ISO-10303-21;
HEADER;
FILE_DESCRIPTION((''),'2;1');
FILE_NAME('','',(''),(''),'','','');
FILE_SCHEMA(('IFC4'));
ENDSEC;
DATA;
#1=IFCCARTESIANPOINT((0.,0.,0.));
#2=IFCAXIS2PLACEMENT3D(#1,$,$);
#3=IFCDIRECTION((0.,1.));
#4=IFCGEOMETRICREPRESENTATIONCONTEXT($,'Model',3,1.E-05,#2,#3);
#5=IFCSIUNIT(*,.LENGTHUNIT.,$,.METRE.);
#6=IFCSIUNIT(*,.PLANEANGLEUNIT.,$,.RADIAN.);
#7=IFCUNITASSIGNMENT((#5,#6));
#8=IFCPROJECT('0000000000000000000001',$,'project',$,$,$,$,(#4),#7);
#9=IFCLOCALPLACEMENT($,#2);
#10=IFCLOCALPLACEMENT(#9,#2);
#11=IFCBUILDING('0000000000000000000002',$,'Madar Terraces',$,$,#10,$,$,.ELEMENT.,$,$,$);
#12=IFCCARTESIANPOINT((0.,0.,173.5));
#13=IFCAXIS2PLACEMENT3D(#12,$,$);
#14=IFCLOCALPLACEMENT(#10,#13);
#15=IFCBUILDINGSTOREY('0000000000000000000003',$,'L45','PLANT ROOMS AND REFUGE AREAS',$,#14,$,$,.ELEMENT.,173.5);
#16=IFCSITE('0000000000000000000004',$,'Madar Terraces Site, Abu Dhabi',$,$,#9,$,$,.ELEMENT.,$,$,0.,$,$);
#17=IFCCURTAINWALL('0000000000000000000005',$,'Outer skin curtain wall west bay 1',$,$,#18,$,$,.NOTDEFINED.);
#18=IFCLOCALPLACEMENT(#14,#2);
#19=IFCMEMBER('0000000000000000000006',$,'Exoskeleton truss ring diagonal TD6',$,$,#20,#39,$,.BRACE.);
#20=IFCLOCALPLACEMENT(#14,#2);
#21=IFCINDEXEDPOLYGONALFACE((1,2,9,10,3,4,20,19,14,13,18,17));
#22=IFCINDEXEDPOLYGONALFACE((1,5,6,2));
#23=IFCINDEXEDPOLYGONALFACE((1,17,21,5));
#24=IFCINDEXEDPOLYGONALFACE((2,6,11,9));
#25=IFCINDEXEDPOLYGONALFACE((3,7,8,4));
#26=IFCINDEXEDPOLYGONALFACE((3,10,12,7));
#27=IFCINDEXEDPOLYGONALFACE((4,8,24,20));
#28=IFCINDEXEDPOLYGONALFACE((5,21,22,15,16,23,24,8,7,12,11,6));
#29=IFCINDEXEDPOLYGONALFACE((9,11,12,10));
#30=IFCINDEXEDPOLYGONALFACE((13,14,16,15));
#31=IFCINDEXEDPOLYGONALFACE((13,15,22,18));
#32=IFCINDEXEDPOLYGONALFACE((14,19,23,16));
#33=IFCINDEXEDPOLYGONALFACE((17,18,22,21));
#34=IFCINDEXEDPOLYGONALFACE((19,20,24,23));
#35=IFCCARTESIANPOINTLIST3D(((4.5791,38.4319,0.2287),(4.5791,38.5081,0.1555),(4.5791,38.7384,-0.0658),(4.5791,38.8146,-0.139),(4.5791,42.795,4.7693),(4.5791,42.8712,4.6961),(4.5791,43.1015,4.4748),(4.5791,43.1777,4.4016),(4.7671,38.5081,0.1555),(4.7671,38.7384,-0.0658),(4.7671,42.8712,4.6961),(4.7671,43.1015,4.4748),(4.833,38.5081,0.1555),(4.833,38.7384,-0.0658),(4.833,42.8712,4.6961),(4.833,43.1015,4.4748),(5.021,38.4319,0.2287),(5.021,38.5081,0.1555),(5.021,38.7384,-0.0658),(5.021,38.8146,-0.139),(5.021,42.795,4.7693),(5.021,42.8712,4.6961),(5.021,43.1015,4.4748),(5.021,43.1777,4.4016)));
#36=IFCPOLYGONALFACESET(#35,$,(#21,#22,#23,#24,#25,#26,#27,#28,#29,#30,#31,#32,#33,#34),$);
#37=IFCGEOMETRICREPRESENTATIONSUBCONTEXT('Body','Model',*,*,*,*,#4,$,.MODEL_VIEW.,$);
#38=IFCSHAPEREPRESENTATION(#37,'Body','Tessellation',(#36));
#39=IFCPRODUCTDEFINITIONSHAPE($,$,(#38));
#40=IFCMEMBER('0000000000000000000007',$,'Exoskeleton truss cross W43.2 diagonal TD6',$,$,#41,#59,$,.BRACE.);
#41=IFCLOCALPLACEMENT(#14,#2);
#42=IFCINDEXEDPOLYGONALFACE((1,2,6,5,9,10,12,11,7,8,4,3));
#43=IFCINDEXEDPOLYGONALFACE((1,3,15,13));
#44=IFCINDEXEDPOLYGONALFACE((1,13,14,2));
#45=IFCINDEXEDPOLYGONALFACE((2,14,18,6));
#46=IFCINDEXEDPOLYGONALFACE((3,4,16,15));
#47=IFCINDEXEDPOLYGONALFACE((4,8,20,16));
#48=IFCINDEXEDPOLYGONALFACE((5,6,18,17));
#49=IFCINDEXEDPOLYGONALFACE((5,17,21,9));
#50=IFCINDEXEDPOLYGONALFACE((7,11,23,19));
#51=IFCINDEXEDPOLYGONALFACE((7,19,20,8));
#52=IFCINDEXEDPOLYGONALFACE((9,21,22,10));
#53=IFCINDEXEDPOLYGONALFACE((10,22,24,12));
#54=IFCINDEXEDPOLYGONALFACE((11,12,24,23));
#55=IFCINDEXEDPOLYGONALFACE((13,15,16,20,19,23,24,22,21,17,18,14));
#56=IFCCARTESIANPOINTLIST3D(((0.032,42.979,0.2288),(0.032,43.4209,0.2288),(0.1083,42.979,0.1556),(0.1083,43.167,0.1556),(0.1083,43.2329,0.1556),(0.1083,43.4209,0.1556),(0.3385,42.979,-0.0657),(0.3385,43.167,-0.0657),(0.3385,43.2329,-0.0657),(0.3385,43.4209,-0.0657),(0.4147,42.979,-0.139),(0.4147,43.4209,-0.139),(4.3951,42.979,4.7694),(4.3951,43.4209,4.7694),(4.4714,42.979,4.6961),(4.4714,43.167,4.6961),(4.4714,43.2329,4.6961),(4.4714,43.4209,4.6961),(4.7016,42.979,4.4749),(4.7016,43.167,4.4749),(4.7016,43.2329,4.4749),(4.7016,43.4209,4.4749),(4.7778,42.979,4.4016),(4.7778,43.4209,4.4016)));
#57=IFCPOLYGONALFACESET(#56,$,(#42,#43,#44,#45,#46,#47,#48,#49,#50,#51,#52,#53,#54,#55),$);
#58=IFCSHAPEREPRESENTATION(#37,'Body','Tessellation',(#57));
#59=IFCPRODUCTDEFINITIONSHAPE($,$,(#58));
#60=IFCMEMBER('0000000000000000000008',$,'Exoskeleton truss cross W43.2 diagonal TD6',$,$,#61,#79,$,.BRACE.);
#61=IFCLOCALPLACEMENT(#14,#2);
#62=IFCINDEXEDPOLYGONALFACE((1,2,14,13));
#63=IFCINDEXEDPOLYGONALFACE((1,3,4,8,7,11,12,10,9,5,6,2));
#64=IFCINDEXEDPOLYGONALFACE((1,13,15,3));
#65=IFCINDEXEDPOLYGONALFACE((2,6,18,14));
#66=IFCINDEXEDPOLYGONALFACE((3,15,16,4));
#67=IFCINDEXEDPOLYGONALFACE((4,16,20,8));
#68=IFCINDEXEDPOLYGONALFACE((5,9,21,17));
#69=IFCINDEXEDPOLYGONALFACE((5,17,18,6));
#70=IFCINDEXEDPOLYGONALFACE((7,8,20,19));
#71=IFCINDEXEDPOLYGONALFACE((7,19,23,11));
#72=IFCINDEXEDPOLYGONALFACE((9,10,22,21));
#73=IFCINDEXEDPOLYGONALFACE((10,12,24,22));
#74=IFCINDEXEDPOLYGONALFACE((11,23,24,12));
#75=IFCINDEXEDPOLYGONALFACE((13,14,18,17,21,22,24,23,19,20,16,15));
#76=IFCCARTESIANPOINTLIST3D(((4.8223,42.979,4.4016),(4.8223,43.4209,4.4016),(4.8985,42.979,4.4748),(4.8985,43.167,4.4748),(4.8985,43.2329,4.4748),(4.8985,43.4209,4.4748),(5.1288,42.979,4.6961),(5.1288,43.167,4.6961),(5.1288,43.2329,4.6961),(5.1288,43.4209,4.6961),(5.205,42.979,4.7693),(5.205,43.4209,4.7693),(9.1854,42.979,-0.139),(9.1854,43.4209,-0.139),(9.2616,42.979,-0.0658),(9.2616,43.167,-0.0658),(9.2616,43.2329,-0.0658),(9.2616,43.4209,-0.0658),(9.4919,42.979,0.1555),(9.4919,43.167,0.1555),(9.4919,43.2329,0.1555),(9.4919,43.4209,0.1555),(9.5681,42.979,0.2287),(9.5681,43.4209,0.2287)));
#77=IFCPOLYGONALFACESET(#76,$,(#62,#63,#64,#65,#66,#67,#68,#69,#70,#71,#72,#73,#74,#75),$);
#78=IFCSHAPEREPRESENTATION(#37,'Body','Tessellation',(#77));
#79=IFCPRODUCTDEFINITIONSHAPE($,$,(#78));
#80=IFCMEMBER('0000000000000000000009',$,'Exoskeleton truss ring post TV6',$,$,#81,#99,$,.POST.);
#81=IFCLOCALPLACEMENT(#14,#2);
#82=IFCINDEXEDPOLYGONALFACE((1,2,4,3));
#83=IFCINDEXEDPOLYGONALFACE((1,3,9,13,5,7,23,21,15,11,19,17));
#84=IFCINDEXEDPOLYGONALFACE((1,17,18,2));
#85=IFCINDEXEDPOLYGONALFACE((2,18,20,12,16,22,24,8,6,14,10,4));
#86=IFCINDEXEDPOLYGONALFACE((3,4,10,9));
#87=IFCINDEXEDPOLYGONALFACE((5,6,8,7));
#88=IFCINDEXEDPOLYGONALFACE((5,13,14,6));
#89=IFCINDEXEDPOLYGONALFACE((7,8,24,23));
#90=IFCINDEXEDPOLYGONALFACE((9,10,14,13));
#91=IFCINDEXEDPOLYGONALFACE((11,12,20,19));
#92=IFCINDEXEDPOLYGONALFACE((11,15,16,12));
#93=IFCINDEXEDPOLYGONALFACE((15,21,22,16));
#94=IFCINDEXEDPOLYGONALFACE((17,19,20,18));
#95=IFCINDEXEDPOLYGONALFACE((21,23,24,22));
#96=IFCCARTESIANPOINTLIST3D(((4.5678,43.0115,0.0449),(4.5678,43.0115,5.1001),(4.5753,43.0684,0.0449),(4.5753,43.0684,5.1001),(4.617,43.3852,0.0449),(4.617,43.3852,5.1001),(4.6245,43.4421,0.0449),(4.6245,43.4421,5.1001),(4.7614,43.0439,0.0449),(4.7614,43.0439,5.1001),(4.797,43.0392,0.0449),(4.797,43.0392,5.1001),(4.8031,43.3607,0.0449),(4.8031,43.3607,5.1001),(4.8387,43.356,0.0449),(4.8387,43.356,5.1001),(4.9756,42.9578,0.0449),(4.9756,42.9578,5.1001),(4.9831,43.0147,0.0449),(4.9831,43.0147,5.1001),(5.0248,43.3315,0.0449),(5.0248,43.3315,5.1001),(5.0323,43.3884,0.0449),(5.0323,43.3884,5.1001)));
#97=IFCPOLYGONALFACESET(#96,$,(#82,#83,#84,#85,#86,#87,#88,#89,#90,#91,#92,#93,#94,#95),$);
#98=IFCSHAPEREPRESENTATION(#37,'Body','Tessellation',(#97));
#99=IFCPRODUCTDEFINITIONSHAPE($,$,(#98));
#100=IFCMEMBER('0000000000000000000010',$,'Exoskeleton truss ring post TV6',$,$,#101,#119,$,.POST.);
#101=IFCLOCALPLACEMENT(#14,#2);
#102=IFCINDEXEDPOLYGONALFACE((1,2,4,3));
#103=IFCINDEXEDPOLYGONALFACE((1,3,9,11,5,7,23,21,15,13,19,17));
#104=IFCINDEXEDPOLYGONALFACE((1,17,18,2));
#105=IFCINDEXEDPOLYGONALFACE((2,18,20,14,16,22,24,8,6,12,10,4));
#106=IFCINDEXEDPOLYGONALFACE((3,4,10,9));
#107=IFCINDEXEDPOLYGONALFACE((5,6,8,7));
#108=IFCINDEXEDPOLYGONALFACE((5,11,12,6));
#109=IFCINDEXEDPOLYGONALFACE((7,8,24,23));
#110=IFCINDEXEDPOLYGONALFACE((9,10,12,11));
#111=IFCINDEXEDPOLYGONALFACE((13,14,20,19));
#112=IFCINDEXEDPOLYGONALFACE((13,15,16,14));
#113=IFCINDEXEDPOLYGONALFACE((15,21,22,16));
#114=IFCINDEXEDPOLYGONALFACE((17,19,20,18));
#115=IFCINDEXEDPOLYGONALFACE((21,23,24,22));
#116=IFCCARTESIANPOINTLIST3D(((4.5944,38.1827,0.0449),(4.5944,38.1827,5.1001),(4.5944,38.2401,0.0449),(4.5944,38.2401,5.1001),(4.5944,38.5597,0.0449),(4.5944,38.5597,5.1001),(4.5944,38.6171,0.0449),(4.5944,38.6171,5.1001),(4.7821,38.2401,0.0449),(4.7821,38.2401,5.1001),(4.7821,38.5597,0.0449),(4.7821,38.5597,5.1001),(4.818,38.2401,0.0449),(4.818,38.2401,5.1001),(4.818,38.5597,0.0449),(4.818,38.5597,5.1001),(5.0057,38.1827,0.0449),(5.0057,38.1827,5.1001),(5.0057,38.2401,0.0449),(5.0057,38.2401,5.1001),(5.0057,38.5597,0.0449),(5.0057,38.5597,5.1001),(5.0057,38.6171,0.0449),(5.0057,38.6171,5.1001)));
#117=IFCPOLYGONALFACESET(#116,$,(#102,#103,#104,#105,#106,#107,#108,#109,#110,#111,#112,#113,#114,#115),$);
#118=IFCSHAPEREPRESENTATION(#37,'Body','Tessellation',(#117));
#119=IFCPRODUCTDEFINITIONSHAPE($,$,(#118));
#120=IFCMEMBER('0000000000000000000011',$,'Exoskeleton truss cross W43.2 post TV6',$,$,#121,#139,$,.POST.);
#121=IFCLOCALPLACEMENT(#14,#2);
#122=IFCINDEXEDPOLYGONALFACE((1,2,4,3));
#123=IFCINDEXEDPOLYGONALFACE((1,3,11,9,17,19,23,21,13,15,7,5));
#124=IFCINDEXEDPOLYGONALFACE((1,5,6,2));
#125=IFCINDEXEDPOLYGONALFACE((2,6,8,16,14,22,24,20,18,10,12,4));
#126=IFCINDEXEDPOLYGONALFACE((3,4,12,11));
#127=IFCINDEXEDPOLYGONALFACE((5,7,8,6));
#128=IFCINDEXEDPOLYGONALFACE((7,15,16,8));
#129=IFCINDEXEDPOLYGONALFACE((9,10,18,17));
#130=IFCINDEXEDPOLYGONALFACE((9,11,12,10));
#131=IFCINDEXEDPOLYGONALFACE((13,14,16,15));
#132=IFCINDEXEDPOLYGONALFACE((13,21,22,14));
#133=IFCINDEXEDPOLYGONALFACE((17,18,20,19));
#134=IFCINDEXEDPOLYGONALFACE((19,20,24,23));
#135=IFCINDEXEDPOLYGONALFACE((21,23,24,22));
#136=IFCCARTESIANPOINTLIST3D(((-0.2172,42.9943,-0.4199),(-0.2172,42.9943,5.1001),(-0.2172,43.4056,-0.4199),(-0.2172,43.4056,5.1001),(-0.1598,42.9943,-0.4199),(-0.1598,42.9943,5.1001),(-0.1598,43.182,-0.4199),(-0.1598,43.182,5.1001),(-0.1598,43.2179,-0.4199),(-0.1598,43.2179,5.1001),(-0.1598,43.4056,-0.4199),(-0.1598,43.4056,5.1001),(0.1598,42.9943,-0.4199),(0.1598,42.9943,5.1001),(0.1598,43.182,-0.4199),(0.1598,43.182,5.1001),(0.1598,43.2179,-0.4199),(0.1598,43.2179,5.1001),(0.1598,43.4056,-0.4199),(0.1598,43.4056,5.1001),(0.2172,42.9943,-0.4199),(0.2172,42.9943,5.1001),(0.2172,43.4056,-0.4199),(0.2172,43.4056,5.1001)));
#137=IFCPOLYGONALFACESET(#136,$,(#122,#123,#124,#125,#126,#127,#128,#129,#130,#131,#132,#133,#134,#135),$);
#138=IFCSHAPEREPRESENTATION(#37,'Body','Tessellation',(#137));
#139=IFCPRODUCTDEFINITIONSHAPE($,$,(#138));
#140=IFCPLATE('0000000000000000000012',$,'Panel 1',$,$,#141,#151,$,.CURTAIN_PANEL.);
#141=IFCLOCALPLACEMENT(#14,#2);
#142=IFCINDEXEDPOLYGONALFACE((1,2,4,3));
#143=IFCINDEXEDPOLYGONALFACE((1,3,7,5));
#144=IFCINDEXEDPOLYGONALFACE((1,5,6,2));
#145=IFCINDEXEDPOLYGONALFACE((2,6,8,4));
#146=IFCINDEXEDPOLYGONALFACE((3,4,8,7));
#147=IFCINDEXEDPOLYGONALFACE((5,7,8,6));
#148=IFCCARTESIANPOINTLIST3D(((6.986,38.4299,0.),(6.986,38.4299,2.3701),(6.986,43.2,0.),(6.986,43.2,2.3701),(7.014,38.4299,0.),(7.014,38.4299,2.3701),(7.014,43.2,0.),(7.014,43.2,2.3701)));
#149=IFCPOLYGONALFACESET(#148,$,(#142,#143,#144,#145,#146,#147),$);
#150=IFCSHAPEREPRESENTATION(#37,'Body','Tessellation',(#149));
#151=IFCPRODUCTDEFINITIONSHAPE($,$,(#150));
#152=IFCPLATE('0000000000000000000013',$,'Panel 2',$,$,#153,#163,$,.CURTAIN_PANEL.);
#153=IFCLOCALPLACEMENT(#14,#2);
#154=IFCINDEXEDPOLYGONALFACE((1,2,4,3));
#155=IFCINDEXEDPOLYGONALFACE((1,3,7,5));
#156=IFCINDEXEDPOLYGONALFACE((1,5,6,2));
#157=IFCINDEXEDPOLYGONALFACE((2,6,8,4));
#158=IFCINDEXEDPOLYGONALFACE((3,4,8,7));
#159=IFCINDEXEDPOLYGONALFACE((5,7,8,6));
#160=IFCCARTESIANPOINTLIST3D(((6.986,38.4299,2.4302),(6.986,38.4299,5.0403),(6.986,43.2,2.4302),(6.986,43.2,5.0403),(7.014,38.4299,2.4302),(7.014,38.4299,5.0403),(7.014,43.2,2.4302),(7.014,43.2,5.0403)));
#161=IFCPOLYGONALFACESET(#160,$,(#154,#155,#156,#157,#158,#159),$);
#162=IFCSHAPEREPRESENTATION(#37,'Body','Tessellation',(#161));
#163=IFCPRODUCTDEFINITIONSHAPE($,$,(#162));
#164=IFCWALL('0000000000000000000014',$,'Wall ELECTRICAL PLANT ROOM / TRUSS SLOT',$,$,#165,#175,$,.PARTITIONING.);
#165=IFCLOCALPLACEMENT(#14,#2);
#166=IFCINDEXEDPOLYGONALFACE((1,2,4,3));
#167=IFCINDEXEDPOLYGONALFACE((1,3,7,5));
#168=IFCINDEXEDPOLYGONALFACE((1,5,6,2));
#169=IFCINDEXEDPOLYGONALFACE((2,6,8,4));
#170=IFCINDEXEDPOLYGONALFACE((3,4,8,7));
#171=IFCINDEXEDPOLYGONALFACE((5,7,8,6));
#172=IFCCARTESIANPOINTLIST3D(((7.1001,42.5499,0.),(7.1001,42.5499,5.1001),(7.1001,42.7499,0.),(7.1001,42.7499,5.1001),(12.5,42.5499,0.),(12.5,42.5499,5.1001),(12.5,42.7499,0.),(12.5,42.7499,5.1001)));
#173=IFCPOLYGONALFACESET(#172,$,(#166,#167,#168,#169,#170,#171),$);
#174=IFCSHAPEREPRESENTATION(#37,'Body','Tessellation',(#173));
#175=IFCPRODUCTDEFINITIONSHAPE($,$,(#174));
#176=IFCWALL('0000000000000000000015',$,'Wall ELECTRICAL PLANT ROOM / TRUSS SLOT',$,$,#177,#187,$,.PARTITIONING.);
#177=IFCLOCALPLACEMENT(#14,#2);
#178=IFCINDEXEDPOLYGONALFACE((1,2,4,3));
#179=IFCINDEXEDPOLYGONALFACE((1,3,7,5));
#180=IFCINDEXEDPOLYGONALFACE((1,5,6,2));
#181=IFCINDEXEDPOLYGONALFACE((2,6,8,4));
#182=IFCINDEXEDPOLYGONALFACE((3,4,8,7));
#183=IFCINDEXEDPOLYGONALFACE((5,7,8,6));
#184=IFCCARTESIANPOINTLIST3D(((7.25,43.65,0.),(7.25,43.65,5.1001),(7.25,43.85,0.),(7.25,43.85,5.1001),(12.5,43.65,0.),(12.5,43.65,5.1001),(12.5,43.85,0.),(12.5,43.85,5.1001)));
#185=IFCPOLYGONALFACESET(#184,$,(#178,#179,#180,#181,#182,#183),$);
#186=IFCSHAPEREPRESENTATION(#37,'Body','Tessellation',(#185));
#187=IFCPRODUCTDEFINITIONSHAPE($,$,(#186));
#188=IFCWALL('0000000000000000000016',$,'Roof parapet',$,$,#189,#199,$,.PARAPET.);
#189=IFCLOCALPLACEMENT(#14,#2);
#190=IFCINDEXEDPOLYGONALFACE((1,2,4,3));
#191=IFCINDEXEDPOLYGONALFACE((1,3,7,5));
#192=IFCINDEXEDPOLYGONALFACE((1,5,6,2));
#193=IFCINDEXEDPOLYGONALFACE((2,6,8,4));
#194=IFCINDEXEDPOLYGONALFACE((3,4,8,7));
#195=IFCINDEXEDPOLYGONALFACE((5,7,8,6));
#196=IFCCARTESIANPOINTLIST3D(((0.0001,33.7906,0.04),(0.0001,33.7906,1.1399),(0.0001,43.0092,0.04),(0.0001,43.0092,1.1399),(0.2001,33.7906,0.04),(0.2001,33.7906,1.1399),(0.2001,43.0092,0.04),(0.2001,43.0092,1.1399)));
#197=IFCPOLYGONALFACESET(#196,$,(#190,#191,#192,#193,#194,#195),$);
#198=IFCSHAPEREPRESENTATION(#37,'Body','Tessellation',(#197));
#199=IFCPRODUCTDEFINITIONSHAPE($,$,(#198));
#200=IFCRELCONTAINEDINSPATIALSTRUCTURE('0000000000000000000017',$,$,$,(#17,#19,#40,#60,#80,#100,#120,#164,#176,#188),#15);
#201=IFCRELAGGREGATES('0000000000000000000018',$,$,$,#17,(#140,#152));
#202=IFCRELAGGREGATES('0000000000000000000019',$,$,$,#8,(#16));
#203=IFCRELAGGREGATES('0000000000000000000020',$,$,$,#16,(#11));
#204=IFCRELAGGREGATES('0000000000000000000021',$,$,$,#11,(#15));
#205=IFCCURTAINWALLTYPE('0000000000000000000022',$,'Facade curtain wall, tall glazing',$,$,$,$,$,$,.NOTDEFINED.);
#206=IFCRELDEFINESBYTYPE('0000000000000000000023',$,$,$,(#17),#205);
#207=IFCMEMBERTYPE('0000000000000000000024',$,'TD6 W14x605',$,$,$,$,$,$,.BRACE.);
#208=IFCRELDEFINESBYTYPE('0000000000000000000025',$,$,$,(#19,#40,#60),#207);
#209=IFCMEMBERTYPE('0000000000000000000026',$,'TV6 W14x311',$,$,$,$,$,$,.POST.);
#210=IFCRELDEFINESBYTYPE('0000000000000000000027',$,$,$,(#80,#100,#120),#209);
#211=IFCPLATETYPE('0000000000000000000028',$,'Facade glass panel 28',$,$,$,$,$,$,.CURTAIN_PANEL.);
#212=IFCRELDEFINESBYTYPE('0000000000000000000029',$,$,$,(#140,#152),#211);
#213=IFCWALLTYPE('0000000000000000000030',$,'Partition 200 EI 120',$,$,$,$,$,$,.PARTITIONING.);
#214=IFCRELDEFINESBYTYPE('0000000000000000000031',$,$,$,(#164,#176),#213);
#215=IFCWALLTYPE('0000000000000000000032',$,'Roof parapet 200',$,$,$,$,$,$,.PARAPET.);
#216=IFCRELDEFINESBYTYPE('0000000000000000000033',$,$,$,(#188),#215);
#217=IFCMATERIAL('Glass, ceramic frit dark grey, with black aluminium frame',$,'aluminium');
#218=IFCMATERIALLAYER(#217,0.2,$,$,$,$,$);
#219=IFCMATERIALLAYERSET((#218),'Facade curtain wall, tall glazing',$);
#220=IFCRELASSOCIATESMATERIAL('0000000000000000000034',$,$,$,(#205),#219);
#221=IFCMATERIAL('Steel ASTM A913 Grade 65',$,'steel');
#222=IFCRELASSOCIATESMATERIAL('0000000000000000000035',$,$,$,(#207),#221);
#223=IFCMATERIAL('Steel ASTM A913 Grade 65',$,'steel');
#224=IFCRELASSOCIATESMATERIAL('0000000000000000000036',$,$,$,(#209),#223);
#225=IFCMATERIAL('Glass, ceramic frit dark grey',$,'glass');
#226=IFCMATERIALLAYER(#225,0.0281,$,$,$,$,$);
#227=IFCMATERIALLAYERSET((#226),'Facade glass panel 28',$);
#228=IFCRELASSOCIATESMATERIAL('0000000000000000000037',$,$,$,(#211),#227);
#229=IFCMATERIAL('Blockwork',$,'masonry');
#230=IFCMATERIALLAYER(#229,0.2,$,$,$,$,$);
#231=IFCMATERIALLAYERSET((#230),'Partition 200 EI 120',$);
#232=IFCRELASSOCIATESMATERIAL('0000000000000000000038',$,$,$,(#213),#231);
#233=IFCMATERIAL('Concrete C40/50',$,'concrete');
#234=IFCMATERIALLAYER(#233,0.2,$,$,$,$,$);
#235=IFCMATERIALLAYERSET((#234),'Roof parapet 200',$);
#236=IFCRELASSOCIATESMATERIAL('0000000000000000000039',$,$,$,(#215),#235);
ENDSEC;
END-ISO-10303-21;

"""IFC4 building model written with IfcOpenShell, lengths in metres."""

from ifc_helpers import new_model, si_unit, direction, frame, frame_2d, origin, origin_2d, place, context, subcontext, project, spatial, rectangle, i_section, extrude, material, layer, layer_set, material_profile, profile_set, type_object, element, aggregate, save


model = new_model("IFC4")

# Units and contexts
model_context = context("Model", 3, precision=1e-05, world=origin(), true_north=direction((0.0, 1.0)))
body_context = subcontext(model_context, "Body", "Model", "MODEL_VIEW")
ifc_project = project(units=[si_unit("LENGTHUNIT", "METRE"), si_unit("PLANEANGLEUNIT", "RADIAN")], contexts=[model_context])

# Site, building, storey
site_placement = place(None, origin())
site = spatial("IfcSite", under=ifc_project, at=site_placement, Name="Madar Terraces Site, Abu Dhabi", CompositionType="ELEMENT", RefElevation=0.0)
building_placement = place(site_placement, origin())
building = spatial("IfcBuilding", under=site, at=building_placement, Name="Madar Terraces", CompositionType="ELEMENT")
storey_placement = place(building_placement, frame((0.0, 0.0, 173.5)))
storey = spatial("IfcBuildingStorey", under=building, at=storey_placement, Name="L45", Description="PLANT ROOMS AND REFUGE AREAS", CompositionType="ELEMENT", Elevation=173.5)

# Curtain wall
ifc_material_1 = material(Name="Glass, ceramic frit dark grey, with black aluminium frame", Category="aluminium")
ifc_layer_1 = layer(ifc_material_1, 0.2)
ifc_layer_set_1 = layer_set([ifc_layer_1], Name="Facade curtain wall, tall glazing")
curtain_wall_type = type_object("IfcCurtainWallType", Name="Facade curtain wall, tall glazing", PredefinedType="NOTDEFINED", material=ifc_layer_set_1)
curtain_wall_placement = place(storey_placement, origin())
curtain_wall = element("IfcCurtainWall", 1, at=curtain_wall_placement, inside=storey, type_object=curtain_wall_type, Name="Outer skin curtain wall west bay 1", PredefinedType="NOTDEFINED")

# Members
ifc_material_2 = material(Name="Steel ASTM A913 Grade 65", Category="steel")
ifc_material_profile_1 = material_profile(ifc_material_2, i_section(OverallWidth=0.4419, OverallDepth=0.5308, WebThickness=0.0659, FlangeThickness=0.1057, at=origin_2d()), Name="W14x605")
ifc_profile_set_1 = profile_set([ifc_material_profile_1], Name="Steel ASTM A913 Grade 65")
member_type_1 = type_object("IfcMemberType", Name="TD6 W14x605", PredefinedType="BRACE", material=ifc_profile_set_1)
for number, where, z_axis, x_axis, name in (
    (2, (4.8, 42.9863, 4.5854), (0.0, -0.692873, -0.72106), (1.0, 0.0, 0.0), "Exoskeleton truss ring diagonal TD6"),
    (3, (0.2234, 43.2, 0.0449), (0.692873, 0.0, 0.72106), (0.0, 1.0, 0.0), "Exoskeleton truss cross W43.2 diagonal TD6"),
    (4, (5.0137, 43.2, 4.5854), (0.692873, 0.0, -0.72106), (0.0, 1.0, 0.0), "Exoskeleton truss cross W43.2 diagonal TD6"),
):
    element("IfcMember", number, at=place(storey_placement, frame(where, z_axis=z_axis, x_axis=x_axis)), inside=storey, type_object=member_type_1, Name=name, PredefinedType="BRACE", context=body_context, shape_type="SweptSolid", body=[
        extrude(i_section(OverallWidth=0.4419, OverallDepth=0.5308, WebThickness=0.0659, FlangeThickness=0.1057, at=origin_2d()), origin(), (0.0, 0.0, 1.0), 6.2971),
    ])
ifc_material_3 = material(Name="Steel ASTM A913 Grade 65", Category="steel")
ifc_material_profile_2 = material_profile(ifc_material_3, i_section(OverallWidth=0.4114, OverallDepth=0.4343, WebThickness=0.0359, FlangeThickness=0.0574, at=origin_2d()), Name="W14x311")
ifc_profile_set_2 = profile_set([ifc_material_profile_2], Name="Steel ASTM A913 Grade 65")
member_type_2 = type_object("IfcMemberType", Name="TV6 W14x311", PredefinedType="POST", material=ifc_profile_set_2)
for number, where, z_axis, x_axis, name in (
    (5, (4.8, 43.2, 0.0449), (0.0, 0.0, 1.0), (0.991445, -0.130526, 0.0), "Exoskeleton truss ring post TV6"),
    (6, (4.8, 38.3999, 0.0449), (0.0, 0.0, 1.0), (1.0, 0.0, 0.0), "Exoskeleton truss ring post TV6"),
):
    element("IfcMember", number, at=place(storey_placement, frame(where, z_axis=z_axis, x_axis=x_axis)), inside=storey, type_object=member_type_2, Name=name, PredefinedType="POST", context=body_context, shape_type="SweptSolid", body=[
        extrude(i_section(OverallWidth=0.4114, OverallDepth=0.4343, WebThickness=0.0359, FlangeThickness=0.0574, at=origin_2d()), origin(), (0.0, 0.0, 1.0), 5.0552),
    ])
member_1_placement = place(storey_placement, frame((0.0, 43.2, -0.4199), z_axis=(0.0, 0.0, 1.0), x_axis=(0.0, 1.0, 0.0)))
element("IfcMember", 7, at=member_1_placement, inside=storey, type_object=member_type_2, Name="Exoskeleton truss cross W43.2 post TV6", PredefinedType="POST", context=body_context, shape_type="SweptSolid", body=[
    extrude(i_section(OverallWidth=0.4114, OverallDepth=0.4343, WebThickness=0.0359, FlangeThickness=0.0574, at=origin_2d()), origin(), (0.0, 0.0, 1.0), 5.52),
])

# Plates
ifc_material_4 = material(Name="Glass, ceramic frit dark grey", Category="glass")
ifc_layer_2 = layer(ifc_material_4, 0.0281)
ifc_layer_set_2 = layer_set([ifc_layer_2], Name="Facade glass panel 28")
plate_type = type_object("IfcPlateType", Name="Facade glass panel 28", PredefinedType="CURTAIN_PANEL", material=ifc_layer_set_2)
plate_1_placement = place(storey_placement, frame((7.0, 40.8149, 0.0), z_axis=(0.0, 0.0, 1.0), x_axis=(0.0, -1.0, 0.0)))
plate_1 = element("IfcPlate", 8, at=plate_1_placement, type_object=plate_type, Name="Panel 1", PredefinedType="CURTAIN_PANEL", context=body_context, shape_type="SweptSolid", body=[
    extrude(rectangle(XDim=4.77, YDim=0.0281, at=origin_2d()), origin(), (0.0, 0.0, 1.0), 2.3701),
])
plate_2_placement = place(storey_placement, frame((7.0, 40.8149, 2.4302), z_axis=(0.0, 0.0, 1.0), x_axis=(0.0, -1.0, 0.0)))
plate_2 = element("IfcPlate", 9, at=plate_2_placement, type_object=plate_type, Name="Panel 2", PredefinedType="CURTAIN_PANEL", context=body_context, shape_type="SweptSolid", body=[
    extrude(rectangle(XDim=4.77, YDim=0.0281, at=origin_2d()), origin(), (0.0, 0.0, 1.0), 2.6101),
])
aggregate(curtain_wall, [plate_1, plate_2])

# Walls
ifc_material_5 = material(Name="Blockwork", Category="masonry")
ifc_layer_3 = layer(ifc_material_5, 0.2)
ifc_layer_set_3 = layer_set([ifc_layer_3], Name="Partition 200 EI 120")
wall_type_1 = type_object("IfcWallType", Name="Partition 200 EI 120", PredefinedType="PARTITIONING", material=ifc_layer_set_3)
wall_1_placement = place(storey_placement, frame((7.1001, 42.6499, 0.0), z_axis=(0.0, 0.0, 1.0), x_axis=(1.0, 0.0, 0.0)))
element("IfcWall", 10, at=wall_1_placement, inside=storey, type_object=wall_type_1, Name="Wall ELECTRICAL PLANT ROOM / TRUSS SLOT", PredefinedType="PARTITIONING", context=body_context, shape_type="SweptSolid", body=[
    extrude(rectangle(XDim=5.3999, YDim=0.2, at=frame_2d((2.7, 0.0))), origin(), (0.0, 0.0, 1.0), 5.1001),
])
wall_2_placement = place(storey_placement, frame((7.25, 43.75, 0.0), z_axis=(0.0, 0.0, 1.0), x_axis=(1.0, 0.0, 0.0)))
element("IfcWall", 11, at=wall_2_placement, inside=storey, type_object=wall_type_1, Name="Wall ELECTRICAL PLANT ROOM / TRUSS SLOT", PredefinedType="PARTITIONING", context=body_context, shape_type="SweptSolid", body=[
    extrude(rectangle(XDim=5.25, YDim=0.2, at=frame_2d((2.625, 0.0))), origin(), (0.0, 0.0, 1.0), 5.1001),
])
ifc_material_6 = material(Name="Concrete C40/50", Category="concrete")
ifc_layer_4 = layer(ifc_material_6, 0.2)
ifc_layer_set_4 = layer_set([ifc_layer_4], Name="Roof parapet 200")
wall_type_2 = type_object("IfcWallType", Name="Roof parapet 200", PredefinedType="PARAPET", material=ifc_layer_set_4)
wall_3_placement = place(storey_placement, frame((0.1001, 43.0093, 0.04), z_axis=(0.0, 0.0, 1.0), x_axis=(0.0, -1.0, 0.0)))
element("IfcWall", 12, at=wall_3_placement, inside=storey, type_object=wall_type_2, Name="Roof parapet", PredefinedType="PARAPET", context=body_context, shape_type="SweptSolid", body=[
    extrude(rectangle(XDim=9.2185, YDim=0.2, at=frame_2d((4.6094, 0.0))), origin(), (0.0, 0.0, 1.0), 1.0999),
])

save(model, "model.ifc")
